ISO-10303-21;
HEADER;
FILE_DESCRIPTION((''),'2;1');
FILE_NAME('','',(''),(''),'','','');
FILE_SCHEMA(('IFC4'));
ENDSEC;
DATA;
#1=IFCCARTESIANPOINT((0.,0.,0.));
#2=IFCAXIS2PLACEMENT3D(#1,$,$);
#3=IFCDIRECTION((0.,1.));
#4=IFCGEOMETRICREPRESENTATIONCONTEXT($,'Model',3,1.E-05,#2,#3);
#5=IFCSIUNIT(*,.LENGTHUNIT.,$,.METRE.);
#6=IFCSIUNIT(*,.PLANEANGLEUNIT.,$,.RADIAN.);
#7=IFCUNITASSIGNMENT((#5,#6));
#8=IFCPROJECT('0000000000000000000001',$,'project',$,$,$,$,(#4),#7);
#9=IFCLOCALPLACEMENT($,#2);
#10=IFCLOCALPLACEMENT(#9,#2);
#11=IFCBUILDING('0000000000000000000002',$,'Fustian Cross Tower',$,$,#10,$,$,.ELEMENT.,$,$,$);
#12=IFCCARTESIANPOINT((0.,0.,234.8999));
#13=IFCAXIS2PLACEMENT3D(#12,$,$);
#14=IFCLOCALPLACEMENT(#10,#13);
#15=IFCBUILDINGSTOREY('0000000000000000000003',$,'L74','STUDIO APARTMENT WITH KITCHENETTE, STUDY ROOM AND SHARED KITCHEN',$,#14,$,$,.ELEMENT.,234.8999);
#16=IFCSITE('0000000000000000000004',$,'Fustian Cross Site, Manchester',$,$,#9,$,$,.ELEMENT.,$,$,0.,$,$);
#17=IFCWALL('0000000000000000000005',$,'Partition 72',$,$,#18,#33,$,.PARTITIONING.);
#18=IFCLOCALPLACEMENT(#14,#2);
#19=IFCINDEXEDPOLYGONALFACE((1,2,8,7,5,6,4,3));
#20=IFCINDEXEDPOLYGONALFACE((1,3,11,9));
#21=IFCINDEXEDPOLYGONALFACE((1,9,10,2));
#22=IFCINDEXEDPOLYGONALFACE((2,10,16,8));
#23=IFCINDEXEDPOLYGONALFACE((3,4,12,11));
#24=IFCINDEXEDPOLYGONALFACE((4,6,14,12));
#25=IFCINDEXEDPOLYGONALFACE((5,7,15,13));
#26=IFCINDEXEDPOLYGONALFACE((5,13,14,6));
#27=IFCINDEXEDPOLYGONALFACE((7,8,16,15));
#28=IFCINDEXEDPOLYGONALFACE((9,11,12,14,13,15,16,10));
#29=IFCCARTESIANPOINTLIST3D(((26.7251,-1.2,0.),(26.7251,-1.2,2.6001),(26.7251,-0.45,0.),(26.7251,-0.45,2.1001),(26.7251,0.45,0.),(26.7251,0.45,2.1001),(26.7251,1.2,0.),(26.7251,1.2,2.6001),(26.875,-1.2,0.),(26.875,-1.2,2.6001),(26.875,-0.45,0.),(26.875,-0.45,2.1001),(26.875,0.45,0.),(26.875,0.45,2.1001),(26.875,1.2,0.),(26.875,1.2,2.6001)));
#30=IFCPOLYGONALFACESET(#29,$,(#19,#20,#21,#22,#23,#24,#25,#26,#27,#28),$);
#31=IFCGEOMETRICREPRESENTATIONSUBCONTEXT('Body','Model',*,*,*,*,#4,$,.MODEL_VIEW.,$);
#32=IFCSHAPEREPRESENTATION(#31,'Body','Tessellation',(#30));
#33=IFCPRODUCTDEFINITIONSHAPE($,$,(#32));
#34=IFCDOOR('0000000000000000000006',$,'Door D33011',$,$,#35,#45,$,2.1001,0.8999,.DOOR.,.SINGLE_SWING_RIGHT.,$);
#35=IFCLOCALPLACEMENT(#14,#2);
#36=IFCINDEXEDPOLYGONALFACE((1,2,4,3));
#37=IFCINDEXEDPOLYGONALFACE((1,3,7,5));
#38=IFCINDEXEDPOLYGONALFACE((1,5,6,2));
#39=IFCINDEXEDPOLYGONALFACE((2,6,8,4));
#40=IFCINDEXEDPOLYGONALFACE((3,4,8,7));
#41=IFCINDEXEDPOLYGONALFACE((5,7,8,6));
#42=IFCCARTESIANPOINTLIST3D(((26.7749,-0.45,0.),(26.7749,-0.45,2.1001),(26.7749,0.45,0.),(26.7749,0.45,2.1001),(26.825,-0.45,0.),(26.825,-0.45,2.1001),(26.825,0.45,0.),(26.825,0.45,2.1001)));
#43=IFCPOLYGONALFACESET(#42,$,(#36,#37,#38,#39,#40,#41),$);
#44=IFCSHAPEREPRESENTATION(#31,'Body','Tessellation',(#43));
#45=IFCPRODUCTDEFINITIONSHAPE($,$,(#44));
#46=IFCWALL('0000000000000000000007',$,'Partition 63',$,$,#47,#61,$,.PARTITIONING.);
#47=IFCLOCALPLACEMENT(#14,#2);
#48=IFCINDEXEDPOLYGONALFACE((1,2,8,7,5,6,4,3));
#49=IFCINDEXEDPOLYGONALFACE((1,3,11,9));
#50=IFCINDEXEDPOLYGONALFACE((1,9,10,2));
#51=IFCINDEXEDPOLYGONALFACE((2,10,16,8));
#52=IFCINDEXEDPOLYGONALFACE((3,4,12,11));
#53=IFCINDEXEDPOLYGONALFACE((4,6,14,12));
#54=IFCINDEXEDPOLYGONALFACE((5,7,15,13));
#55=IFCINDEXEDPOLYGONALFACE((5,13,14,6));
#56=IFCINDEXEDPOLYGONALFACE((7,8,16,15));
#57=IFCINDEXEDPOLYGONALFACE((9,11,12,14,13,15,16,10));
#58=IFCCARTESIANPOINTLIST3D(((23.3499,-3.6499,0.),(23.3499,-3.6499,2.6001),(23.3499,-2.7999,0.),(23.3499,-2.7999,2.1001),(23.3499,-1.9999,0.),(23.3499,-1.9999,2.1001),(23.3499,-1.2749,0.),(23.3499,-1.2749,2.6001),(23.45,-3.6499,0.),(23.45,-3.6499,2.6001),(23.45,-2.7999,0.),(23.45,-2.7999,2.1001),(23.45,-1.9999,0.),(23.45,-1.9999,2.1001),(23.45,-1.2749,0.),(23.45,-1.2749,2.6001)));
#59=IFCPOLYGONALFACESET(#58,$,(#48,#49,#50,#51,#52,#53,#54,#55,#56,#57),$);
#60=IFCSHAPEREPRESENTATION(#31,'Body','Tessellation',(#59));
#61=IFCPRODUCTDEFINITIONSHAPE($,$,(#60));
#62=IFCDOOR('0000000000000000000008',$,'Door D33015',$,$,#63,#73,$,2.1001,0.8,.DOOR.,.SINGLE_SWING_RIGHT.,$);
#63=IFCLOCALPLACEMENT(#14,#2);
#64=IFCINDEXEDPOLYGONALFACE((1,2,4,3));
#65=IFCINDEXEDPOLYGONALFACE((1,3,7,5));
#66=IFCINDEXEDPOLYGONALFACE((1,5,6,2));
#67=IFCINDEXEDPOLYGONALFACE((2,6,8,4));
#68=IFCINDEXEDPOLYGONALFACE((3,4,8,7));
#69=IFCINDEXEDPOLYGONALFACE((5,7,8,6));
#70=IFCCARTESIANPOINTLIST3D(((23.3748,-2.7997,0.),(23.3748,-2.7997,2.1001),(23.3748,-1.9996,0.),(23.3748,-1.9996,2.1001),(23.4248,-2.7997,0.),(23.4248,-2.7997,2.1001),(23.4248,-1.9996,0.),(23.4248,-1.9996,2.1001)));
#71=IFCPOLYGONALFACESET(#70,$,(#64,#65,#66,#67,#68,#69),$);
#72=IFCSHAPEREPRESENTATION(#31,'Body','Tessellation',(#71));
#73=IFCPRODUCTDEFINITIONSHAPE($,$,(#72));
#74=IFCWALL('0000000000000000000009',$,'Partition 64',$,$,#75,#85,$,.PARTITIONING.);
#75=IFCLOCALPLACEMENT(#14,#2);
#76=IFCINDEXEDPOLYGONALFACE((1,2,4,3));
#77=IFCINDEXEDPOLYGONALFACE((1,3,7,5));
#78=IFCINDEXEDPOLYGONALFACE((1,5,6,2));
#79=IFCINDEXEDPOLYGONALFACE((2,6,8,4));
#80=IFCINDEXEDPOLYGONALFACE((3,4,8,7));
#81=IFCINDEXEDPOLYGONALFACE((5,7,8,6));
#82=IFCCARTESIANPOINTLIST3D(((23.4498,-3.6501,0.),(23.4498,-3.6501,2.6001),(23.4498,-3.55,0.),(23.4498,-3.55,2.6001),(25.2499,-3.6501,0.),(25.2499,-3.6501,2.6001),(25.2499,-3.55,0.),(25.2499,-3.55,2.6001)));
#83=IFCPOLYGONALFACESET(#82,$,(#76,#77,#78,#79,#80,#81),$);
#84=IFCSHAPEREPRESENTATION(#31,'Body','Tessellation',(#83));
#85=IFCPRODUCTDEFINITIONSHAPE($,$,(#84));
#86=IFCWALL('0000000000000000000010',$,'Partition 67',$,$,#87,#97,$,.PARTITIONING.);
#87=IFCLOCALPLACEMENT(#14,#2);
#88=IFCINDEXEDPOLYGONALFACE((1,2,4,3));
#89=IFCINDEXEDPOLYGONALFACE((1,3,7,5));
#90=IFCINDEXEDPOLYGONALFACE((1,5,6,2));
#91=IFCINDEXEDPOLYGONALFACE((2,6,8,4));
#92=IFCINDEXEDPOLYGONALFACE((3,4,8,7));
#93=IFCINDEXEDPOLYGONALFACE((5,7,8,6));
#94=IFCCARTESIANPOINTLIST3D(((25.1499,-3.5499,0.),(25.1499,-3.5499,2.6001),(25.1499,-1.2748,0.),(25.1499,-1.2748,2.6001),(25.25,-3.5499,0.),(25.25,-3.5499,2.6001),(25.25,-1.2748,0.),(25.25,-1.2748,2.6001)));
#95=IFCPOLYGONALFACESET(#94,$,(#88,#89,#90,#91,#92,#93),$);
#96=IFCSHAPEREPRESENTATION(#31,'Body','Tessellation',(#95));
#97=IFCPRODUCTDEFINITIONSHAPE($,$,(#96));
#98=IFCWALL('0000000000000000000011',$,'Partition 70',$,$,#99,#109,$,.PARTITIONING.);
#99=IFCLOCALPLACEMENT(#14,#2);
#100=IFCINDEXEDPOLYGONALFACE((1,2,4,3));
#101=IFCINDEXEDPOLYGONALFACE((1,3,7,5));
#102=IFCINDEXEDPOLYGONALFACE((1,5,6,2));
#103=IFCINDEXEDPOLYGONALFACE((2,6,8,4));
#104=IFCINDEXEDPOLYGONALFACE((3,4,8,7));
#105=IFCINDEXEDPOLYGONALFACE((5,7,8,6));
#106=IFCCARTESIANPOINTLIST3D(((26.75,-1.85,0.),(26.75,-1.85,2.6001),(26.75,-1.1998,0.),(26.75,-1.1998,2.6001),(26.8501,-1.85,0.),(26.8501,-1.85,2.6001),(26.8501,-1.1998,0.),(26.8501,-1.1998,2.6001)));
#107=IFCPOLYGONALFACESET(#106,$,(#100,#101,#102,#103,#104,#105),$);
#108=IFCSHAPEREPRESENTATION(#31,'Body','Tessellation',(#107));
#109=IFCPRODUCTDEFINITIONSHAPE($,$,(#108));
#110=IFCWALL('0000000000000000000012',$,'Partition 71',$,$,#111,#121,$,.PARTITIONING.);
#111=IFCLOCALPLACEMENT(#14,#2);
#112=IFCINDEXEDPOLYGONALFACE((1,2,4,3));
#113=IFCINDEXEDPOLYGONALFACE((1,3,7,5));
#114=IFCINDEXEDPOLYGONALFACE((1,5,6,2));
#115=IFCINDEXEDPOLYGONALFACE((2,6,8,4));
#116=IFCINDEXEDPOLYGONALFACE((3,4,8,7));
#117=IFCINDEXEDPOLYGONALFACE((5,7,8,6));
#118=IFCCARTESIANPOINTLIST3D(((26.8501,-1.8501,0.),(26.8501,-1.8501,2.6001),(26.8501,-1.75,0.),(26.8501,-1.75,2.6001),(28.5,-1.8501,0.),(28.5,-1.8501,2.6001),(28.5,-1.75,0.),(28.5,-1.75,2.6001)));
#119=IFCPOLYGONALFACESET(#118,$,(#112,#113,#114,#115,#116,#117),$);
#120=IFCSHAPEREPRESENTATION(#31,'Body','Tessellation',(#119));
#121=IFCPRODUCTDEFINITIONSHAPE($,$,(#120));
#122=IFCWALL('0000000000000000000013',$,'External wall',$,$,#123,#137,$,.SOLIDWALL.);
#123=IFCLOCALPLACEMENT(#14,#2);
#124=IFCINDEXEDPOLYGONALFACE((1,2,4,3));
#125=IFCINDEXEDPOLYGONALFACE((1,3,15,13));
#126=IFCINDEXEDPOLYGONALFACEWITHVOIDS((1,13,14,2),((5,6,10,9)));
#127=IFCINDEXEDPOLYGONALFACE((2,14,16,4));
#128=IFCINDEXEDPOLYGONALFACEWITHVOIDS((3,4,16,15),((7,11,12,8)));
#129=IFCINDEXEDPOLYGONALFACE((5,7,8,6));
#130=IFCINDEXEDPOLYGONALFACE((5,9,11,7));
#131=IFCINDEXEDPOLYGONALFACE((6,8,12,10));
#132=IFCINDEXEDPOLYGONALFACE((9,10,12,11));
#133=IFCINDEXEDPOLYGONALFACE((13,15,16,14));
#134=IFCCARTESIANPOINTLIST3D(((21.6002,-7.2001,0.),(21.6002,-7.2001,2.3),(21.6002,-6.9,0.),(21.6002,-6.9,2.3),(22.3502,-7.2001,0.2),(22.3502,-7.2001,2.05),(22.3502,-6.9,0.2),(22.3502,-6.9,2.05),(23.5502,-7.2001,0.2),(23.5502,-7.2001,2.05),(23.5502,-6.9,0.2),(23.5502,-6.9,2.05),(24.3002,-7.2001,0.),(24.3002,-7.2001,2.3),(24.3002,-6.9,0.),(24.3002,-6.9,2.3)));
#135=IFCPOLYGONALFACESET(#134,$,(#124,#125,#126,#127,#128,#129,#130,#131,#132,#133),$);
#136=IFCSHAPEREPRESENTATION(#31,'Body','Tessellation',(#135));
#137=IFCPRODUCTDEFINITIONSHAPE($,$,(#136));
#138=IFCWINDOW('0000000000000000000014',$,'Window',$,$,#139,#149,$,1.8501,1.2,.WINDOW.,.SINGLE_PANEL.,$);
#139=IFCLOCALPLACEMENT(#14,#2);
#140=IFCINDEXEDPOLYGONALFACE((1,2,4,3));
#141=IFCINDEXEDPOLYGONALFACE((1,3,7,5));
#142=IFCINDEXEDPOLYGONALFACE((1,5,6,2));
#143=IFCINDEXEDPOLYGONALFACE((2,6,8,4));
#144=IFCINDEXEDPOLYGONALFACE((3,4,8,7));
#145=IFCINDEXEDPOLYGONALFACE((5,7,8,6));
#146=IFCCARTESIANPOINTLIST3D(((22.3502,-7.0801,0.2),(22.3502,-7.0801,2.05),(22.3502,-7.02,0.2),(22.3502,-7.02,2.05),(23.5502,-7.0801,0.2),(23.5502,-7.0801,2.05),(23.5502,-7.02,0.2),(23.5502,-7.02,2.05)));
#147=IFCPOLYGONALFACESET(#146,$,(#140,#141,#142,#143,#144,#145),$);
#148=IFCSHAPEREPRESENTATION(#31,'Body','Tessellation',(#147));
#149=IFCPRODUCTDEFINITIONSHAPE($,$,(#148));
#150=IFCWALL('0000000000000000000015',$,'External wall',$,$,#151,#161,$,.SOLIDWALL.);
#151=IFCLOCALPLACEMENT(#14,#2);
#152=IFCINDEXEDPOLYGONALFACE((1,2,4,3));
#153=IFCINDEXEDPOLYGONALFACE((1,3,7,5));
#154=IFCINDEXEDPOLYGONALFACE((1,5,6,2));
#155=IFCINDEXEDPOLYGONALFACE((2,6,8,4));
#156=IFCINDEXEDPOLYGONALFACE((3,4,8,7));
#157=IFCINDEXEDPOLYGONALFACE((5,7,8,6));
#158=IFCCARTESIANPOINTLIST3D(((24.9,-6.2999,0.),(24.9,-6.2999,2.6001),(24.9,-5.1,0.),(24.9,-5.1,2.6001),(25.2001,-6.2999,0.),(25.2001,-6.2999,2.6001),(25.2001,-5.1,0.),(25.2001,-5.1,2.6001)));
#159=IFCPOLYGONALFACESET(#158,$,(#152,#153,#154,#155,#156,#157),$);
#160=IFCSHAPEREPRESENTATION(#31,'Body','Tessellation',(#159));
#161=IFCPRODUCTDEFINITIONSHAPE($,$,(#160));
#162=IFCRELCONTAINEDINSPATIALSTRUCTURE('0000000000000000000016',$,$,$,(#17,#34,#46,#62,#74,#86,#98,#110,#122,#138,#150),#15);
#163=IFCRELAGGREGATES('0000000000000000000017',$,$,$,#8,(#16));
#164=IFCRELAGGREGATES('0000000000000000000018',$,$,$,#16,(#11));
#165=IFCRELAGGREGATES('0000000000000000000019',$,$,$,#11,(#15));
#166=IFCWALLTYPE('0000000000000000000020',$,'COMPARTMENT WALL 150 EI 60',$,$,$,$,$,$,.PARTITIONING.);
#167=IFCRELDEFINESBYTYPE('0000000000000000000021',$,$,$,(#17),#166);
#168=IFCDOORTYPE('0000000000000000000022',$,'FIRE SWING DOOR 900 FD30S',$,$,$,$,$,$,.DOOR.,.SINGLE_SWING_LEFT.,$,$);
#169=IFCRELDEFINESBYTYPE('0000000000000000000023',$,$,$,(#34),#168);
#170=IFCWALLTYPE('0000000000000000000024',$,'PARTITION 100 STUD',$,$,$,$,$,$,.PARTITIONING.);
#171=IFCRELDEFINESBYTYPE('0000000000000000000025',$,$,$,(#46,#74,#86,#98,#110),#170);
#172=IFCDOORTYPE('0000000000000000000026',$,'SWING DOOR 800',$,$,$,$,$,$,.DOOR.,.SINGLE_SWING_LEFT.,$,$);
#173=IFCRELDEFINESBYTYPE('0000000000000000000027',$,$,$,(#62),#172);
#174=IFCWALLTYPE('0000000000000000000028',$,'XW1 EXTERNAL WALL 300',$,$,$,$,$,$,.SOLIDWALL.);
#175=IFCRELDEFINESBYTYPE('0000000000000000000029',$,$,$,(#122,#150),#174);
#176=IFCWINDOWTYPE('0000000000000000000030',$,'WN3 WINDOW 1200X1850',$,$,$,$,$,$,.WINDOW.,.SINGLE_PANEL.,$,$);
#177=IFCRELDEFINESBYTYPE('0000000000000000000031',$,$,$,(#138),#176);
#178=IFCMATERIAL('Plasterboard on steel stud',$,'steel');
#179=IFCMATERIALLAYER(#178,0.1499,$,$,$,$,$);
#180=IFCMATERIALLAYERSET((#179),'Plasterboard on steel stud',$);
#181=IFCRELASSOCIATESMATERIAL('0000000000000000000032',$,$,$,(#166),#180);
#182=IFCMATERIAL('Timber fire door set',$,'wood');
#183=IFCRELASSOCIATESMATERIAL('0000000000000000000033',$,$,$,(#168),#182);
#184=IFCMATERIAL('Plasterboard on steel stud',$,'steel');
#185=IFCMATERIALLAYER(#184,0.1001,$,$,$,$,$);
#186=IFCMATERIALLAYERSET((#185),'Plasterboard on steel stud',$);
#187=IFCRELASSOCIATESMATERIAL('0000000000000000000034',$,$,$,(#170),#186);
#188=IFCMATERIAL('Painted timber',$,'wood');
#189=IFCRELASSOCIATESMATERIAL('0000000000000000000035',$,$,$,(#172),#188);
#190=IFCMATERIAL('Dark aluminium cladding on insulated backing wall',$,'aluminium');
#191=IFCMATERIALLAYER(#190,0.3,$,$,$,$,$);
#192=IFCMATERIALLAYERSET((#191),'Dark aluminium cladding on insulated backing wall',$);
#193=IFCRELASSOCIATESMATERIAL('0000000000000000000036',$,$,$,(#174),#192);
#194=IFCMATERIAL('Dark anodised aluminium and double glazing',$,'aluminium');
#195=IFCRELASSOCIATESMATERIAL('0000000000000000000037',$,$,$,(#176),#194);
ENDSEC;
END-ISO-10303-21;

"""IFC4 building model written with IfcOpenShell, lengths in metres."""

from ifc_helpers import new_model, si_unit, direction, frame, frame_2d, origin, place, context, subcontext, project, spatial, rectangle, extrude, material, layer, layer_set, type_object, element, fill, save


model = new_model("IFC4")

# Units and contexts
model_context = context("Model", 3, precision=1e-05, world=origin(), true_north=direction((0.0, 1.0)))
body_context = subcontext(model_context, "Body", "Model", "MODEL_VIEW")
ifc_project = project(units=[si_unit("LENGTHUNIT", "METRE"), si_unit("PLANEANGLEUNIT", "RADIAN")], contexts=[model_context])

# Site, building, storey
site_placement = place(None, origin())
site = spatial("IfcSite", under=ifc_project, at=site_placement, Name="Fustian Cross Site, Manchester", CompositionType="ELEMENT", RefElevation=0.0)
building_placement = place(site_placement, origin())
building = spatial("IfcBuilding", under=site, at=building_placement, Name="Fustian Cross Tower", CompositionType="ELEMENT")
storey_placement = place(building_placement, frame((0.0, 0.0, 234.8999)))
storey = spatial("IfcBuildingStorey", under=building, at=storey_placement, Name="L74", Description="STUDIO APARTMENT WITH KITCHENETTE, STUDY ROOM AND SHARED KITCHEN", CompositionType="ELEMENT", Elevation=234.8999)

# Walls, openings, doors
ifc_material_1 = material(Name="Plasterboard on steel stud", Category="steel")
ifc_layer_1 = layer(ifc_material_1, 0.1499)
ifc_layer_set_1 = layer_set([ifc_layer_1], Name="Plasterboard on steel stud")
wall_type_1 = type_object("IfcWallType", Name="COMPARTMENT WALL 150 EI 60", PredefinedType="PARTITIONING", material=ifc_layer_set_1)
wall_1_placement = place(storey_placement, frame((26.8, -1.2, 0.0), z_axis=(0.0, 0.0, 1.0), x_axis=(0.0, 1.0, 0.0)))
wall_1 = element("IfcWall", 1, at=wall_1_placement, inside=storey, type_object=wall_type_1, Name="Partition 72", PredefinedType="PARTITIONING", context=body_context, shape_type="SweptSolid", body=[
    extrude(rectangle(XDim=2.3999, YDim=0.1499, at=frame_2d((1.2, 0.0))), origin(), (0.0, 0.0, 1.0), 2.6001),
])
opening_1_placement = place(wall_1_placement, frame((0.75, 0.0, 0.0)))
opening_1 = element("IfcOpeningElement", 2, at=opening_1_placement, cuts=wall_1, PredefinedType="OPENING", context=body_context, shape_type="SweptSolid", body=[
    extrude(rectangle(XDim=0.8999, YDim=2.1001, at=frame_2d((0.45, 1.05))), frame((0.0, 0.085, 0.0), z_axis=(0.0, -1.0, 0.0), x_axis=(1.0, 0.0, 0.0)), (0.0, 0.0, 1.0), 0.1699),
])
ifc_material_2 = material(Name="Timber fire door set", Category="wood")
door_type_1 = type_object("IfcDoorType", Name="FIRE SWING DOOR 900 FD30S", OperationType="SINGLE_SWING_LEFT", PredefinedType="DOOR", material=ifc_material_2)
door_1_placement = place(opening_1_placement, frame((0.8999, 0.0, 0.0), z_axis=(0.0, 0.0, 1.0), x_axis=(-1.0, 0.0, 0.0)))
door_1 = element("IfcDoor", 3, at=door_1_placement, inside=storey, type_object=door_type_1, Name="Door D33011", OperationType="SINGLE_SWING_RIGHT", OverallHeight=2.1001, OverallWidth=0.8999, PredefinedType="DOOR", context=body_context, shape_type="SweptSolid", body=[
    extrude(rectangle(XDim=0.8999, YDim=2.1001, at=frame_2d((0.45, 1.05))), frame((0.0, 0.0249, 0.0), z_axis=(0.0, -1.0, 0.0), x_axis=(1.0, 0.0, 0.0)), (0.0, 0.0, 1.0), 0.05),
])
fill(opening_1, door_1)
ifc_material_3 = material(Name="Plasterboard on steel stud", Category="steel")
ifc_layer_2 = layer(ifc_material_3, 0.1001)
ifc_layer_set_2 = layer_set([ifc_layer_2], Name="Plasterboard on steel stud")
wall_type_2 = type_object("IfcWallType", Name="PARTITION 100 STUD", PredefinedType="PARTITIONING", material=ifc_layer_set_2)
wall_2_placement = place(storey_placement, frame((23.3999, -3.6499, 0.0), z_axis=(0.0, 0.0, 1.0), x_axis=(0.0, 1.0, 0.0)))
wall_2 = element("IfcWall", 4, at=wall_2_placement, inside=storey, type_object=wall_type_2, Name="Partition 63", PredefinedType="PARTITIONING", context=body_context, shape_type="SweptSolid", body=[
    extrude(rectangle(XDim=2.375, YDim=0.1001, at=frame_2d((1.1875, 0.0))), origin(), (0.0, 0.0, 1.0), 2.6001),
])
opening_2_placement = place(wall_2_placement, frame((0.8501, 0.0, 0.0)))
opening_2 = element("IfcOpeningElement", 5, at=opening_2_placement, cuts=wall_2, PredefinedType="OPENING", context=body_context, shape_type="SweptSolid", body=[
    extrude(rectangle(XDim=0.8, YDim=2.1001, at=frame_2d((0.3999, 1.05))), frame((0.0, 0.0601, 0.0), z_axis=(0.0, -1.0, 0.0), x_axis=(1.0, 0.0, 0.0)), (0.0, 0.0, 1.0), 0.1201),
])
ifc_material_4 = material(Name="Painted timber", Category="wood")
door_type_2 = type_object("IfcDoorType", Name="SWING DOOR 800", OperationType="SINGLE_SWING_LEFT", PredefinedType="DOOR", material=ifc_material_4)
door_2_placement = place(opening_2_placement, frame((0.8, 0.0, 0.0), z_axis=(0.0, 0.0, 1.0), x_axis=(-1.0, 0.0, 0.0)))
door_2 = element("IfcDoor", 6, at=door_2_placement, inside=storey, type_object=door_type_2, Name="Door D33015", OperationType="SINGLE_SWING_RIGHT", OverallHeight=2.1001, OverallWidth=0.8, PredefinedType="DOOR", context=body_context, shape_type="SweptSolid", body=[
    extrude(rectangle(XDim=0.8, YDim=2.1001, at=frame_2d((0.3999, 1.05))), frame((0.0, 0.0249, 0.0), z_axis=(0.0, -1.0, 0.0), x_axis=(1.0, 0.0, 0.0)), (0.0, 0.0, 1.0), 0.05),
])
fill(opening_2, door_2)

# Walls
wall_3_placement = place(storey_placement, frame((23.45, -3.6001, 0.0), z_axis=(0.0, 0.0, 1.0), x_axis=(1.0, 0.0, 0.0)))
element("IfcWall", 7, at=wall_3_placement, inside=storey, type_object=wall_type_2, Name="Partition 64", PredefinedType="PARTITIONING", context=body_context, shape_type="SweptSolid", body=[
    extrude(rectangle(XDim=1.8, YDim=0.1001, at=frame_2d((0.8999, 0.0))), origin(), (0.0, 0.0, 1.0), 2.6001),
])
wall_4_placement = place(storey_placement, frame((25.2, -3.55, 0.0), z_axis=(0.0, 0.0, 1.0), x_axis=(0.0, 1.0, 0.0)))
element("IfcWall", 8, at=wall_4_placement, inside=storey, type_object=wall_type_2, Name="Partition 67", PredefinedType="PARTITIONING", context=body_context, shape_type="SweptSolid", body=[
    extrude(rectangle(XDim=2.2751, YDim=0.1001, at=frame_2d((1.1377, 0.0))), origin(), (0.0, 0.0, 1.0), 2.6001),
])
wall_5_placement = place(storey_placement, frame((26.8, -1.8501, 0.0), z_axis=(0.0, 0.0, 1.0), x_axis=(0.0, 1.0, 0.0)))
element("IfcWall", 9, at=wall_5_placement, inside=storey, type_object=wall_type_2, Name="Partition 70", PredefinedType="PARTITIONING", context=body_context, shape_type="SweptSolid", body=[
    extrude(rectangle(XDim=0.6501, YDim=0.1001, at=frame_2d((0.3252, 0.0))), origin(), (0.0, 0.0, 1.0), 2.6001),
])
wall_6_placement = place(storey_placement, frame((26.8501, -1.8, 0.0), z_axis=(0.0, 0.0, 1.0), x_axis=(1.0, 0.0, 0.0)))
element("IfcWall", 10, at=wall_6_placement, inside=storey, type_object=wall_type_2, Name="Partition 71", PredefinedType="PARTITIONING", context=body_context, shape_type="SweptSolid", body=[
    extrude(rectangle(XDim=1.6499, YDim=0.1001, at=frame_2d((0.825, 0.0))), origin(), (0.0, 0.0, 1.0), 2.6001),
])

# Wall, opening, window
ifc_material_5 = material(Name="Dark aluminium cladding on insulated backing wall", Category="aluminium")
ifc_layer_3 = layer(ifc_material_5, 0.3)
ifc_layer_set_3 = layer_set([ifc_layer_3], Name="Dark aluminium cladding on insulated backing wall")
wall_type_3 = type_object("IfcWallType", Name="XW1 EXTERNAL WALL 300", PredefinedType="SOLIDWALL", material=ifc_layer_set_3)
wall_7_placement = place(storey_placement, frame((21.6001, -7.05, 0.0), z_axis=(0.0, 0.0, 1.0), x_axis=(1.0, 0.0, 0.0)))
wall_7 = element("IfcWall", 11, at=wall_7_placement, inside=storey, type_object=wall_type_3, Name="External wall", PredefinedType="SOLIDWALL", context=body_context, shape_type="SweptSolid", body=[
    extrude(rectangle(XDim=2.7, YDim=0.3, at=frame_2d((1.3501, 0.0))), origin(), (0.0, 0.0, 1.0), 2.3),
])
opening_3_placement = place(wall_7_placement, frame((0.75, 0.0, 0.2)))
opening_3 = element("IfcOpeningElement", 12, at=opening_3_placement, cuts=wall_7, PredefinedType="OPENING", context=body_context, shape_type="SweptSolid", body=[
    extrude(rectangle(XDim=1.2, YDim=1.8501, at=frame_2d((0.6001, 0.925))), frame((0.0, 0.1599, 0.0), z_axis=(0.0, -1.0, 0.0), x_axis=(1.0, 0.0, 0.0)), (0.0, 0.0, 1.0), 0.3201),
])
ifc_material_6 = material(Name="Dark anodised aluminium and double glazing", Category="aluminium")
window_type_1 = type_object("IfcWindowType", Name="WN3 WINDOW 1200X1850", PartitioningType="SINGLE_PANEL", PredefinedType="WINDOW", material=ifc_material_6)
window_1_placement = place(opening_3_placement, origin())
window_1 = element("IfcWindow", 13, at=window_1_placement, inside=storey, type_object=window_type_1, Name="Window", OverallHeight=1.8501, OverallWidth=1.2, PartitioningType="SINGLE_PANEL", PredefinedType="WINDOW", context=body_context, shape_type="SweptSolid", body=[
    extrude(rectangle(XDim=1.2, YDim=1.8501, at=frame_2d((0.6001, 0.925))), frame((0.0, 0.03, 0.0), z_axis=(0.0, -1.0, 0.0), x_axis=(1.0, 0.0, 0.0)), (0.0, 0.0, 1.0), 0.0601),
])
fill(opening_3, window_1)

# Wall
wall_8_placement = place(storey_placement, frame((25.05, -6.3, 0.0), z_axis=(0.0, 0.0, 1.0), x_axis=(0.0, 1.0, 0.0)))
element("IfcWall", 14, at=wall_8_placement, inside=storey, type_object=wall_type_3, Name="External wall", PredefinedType="SOLIDWALL", context=body_context, shape_type="SweptSolid", body=[
    extrude(rectangle(XDim=1.2, YDim=0.3, at=frame_2d((0.6001, 0.0))), origin(), (0.0, 0.0, 1.0), 2.6001),
])

save(model, "model.ifc")
